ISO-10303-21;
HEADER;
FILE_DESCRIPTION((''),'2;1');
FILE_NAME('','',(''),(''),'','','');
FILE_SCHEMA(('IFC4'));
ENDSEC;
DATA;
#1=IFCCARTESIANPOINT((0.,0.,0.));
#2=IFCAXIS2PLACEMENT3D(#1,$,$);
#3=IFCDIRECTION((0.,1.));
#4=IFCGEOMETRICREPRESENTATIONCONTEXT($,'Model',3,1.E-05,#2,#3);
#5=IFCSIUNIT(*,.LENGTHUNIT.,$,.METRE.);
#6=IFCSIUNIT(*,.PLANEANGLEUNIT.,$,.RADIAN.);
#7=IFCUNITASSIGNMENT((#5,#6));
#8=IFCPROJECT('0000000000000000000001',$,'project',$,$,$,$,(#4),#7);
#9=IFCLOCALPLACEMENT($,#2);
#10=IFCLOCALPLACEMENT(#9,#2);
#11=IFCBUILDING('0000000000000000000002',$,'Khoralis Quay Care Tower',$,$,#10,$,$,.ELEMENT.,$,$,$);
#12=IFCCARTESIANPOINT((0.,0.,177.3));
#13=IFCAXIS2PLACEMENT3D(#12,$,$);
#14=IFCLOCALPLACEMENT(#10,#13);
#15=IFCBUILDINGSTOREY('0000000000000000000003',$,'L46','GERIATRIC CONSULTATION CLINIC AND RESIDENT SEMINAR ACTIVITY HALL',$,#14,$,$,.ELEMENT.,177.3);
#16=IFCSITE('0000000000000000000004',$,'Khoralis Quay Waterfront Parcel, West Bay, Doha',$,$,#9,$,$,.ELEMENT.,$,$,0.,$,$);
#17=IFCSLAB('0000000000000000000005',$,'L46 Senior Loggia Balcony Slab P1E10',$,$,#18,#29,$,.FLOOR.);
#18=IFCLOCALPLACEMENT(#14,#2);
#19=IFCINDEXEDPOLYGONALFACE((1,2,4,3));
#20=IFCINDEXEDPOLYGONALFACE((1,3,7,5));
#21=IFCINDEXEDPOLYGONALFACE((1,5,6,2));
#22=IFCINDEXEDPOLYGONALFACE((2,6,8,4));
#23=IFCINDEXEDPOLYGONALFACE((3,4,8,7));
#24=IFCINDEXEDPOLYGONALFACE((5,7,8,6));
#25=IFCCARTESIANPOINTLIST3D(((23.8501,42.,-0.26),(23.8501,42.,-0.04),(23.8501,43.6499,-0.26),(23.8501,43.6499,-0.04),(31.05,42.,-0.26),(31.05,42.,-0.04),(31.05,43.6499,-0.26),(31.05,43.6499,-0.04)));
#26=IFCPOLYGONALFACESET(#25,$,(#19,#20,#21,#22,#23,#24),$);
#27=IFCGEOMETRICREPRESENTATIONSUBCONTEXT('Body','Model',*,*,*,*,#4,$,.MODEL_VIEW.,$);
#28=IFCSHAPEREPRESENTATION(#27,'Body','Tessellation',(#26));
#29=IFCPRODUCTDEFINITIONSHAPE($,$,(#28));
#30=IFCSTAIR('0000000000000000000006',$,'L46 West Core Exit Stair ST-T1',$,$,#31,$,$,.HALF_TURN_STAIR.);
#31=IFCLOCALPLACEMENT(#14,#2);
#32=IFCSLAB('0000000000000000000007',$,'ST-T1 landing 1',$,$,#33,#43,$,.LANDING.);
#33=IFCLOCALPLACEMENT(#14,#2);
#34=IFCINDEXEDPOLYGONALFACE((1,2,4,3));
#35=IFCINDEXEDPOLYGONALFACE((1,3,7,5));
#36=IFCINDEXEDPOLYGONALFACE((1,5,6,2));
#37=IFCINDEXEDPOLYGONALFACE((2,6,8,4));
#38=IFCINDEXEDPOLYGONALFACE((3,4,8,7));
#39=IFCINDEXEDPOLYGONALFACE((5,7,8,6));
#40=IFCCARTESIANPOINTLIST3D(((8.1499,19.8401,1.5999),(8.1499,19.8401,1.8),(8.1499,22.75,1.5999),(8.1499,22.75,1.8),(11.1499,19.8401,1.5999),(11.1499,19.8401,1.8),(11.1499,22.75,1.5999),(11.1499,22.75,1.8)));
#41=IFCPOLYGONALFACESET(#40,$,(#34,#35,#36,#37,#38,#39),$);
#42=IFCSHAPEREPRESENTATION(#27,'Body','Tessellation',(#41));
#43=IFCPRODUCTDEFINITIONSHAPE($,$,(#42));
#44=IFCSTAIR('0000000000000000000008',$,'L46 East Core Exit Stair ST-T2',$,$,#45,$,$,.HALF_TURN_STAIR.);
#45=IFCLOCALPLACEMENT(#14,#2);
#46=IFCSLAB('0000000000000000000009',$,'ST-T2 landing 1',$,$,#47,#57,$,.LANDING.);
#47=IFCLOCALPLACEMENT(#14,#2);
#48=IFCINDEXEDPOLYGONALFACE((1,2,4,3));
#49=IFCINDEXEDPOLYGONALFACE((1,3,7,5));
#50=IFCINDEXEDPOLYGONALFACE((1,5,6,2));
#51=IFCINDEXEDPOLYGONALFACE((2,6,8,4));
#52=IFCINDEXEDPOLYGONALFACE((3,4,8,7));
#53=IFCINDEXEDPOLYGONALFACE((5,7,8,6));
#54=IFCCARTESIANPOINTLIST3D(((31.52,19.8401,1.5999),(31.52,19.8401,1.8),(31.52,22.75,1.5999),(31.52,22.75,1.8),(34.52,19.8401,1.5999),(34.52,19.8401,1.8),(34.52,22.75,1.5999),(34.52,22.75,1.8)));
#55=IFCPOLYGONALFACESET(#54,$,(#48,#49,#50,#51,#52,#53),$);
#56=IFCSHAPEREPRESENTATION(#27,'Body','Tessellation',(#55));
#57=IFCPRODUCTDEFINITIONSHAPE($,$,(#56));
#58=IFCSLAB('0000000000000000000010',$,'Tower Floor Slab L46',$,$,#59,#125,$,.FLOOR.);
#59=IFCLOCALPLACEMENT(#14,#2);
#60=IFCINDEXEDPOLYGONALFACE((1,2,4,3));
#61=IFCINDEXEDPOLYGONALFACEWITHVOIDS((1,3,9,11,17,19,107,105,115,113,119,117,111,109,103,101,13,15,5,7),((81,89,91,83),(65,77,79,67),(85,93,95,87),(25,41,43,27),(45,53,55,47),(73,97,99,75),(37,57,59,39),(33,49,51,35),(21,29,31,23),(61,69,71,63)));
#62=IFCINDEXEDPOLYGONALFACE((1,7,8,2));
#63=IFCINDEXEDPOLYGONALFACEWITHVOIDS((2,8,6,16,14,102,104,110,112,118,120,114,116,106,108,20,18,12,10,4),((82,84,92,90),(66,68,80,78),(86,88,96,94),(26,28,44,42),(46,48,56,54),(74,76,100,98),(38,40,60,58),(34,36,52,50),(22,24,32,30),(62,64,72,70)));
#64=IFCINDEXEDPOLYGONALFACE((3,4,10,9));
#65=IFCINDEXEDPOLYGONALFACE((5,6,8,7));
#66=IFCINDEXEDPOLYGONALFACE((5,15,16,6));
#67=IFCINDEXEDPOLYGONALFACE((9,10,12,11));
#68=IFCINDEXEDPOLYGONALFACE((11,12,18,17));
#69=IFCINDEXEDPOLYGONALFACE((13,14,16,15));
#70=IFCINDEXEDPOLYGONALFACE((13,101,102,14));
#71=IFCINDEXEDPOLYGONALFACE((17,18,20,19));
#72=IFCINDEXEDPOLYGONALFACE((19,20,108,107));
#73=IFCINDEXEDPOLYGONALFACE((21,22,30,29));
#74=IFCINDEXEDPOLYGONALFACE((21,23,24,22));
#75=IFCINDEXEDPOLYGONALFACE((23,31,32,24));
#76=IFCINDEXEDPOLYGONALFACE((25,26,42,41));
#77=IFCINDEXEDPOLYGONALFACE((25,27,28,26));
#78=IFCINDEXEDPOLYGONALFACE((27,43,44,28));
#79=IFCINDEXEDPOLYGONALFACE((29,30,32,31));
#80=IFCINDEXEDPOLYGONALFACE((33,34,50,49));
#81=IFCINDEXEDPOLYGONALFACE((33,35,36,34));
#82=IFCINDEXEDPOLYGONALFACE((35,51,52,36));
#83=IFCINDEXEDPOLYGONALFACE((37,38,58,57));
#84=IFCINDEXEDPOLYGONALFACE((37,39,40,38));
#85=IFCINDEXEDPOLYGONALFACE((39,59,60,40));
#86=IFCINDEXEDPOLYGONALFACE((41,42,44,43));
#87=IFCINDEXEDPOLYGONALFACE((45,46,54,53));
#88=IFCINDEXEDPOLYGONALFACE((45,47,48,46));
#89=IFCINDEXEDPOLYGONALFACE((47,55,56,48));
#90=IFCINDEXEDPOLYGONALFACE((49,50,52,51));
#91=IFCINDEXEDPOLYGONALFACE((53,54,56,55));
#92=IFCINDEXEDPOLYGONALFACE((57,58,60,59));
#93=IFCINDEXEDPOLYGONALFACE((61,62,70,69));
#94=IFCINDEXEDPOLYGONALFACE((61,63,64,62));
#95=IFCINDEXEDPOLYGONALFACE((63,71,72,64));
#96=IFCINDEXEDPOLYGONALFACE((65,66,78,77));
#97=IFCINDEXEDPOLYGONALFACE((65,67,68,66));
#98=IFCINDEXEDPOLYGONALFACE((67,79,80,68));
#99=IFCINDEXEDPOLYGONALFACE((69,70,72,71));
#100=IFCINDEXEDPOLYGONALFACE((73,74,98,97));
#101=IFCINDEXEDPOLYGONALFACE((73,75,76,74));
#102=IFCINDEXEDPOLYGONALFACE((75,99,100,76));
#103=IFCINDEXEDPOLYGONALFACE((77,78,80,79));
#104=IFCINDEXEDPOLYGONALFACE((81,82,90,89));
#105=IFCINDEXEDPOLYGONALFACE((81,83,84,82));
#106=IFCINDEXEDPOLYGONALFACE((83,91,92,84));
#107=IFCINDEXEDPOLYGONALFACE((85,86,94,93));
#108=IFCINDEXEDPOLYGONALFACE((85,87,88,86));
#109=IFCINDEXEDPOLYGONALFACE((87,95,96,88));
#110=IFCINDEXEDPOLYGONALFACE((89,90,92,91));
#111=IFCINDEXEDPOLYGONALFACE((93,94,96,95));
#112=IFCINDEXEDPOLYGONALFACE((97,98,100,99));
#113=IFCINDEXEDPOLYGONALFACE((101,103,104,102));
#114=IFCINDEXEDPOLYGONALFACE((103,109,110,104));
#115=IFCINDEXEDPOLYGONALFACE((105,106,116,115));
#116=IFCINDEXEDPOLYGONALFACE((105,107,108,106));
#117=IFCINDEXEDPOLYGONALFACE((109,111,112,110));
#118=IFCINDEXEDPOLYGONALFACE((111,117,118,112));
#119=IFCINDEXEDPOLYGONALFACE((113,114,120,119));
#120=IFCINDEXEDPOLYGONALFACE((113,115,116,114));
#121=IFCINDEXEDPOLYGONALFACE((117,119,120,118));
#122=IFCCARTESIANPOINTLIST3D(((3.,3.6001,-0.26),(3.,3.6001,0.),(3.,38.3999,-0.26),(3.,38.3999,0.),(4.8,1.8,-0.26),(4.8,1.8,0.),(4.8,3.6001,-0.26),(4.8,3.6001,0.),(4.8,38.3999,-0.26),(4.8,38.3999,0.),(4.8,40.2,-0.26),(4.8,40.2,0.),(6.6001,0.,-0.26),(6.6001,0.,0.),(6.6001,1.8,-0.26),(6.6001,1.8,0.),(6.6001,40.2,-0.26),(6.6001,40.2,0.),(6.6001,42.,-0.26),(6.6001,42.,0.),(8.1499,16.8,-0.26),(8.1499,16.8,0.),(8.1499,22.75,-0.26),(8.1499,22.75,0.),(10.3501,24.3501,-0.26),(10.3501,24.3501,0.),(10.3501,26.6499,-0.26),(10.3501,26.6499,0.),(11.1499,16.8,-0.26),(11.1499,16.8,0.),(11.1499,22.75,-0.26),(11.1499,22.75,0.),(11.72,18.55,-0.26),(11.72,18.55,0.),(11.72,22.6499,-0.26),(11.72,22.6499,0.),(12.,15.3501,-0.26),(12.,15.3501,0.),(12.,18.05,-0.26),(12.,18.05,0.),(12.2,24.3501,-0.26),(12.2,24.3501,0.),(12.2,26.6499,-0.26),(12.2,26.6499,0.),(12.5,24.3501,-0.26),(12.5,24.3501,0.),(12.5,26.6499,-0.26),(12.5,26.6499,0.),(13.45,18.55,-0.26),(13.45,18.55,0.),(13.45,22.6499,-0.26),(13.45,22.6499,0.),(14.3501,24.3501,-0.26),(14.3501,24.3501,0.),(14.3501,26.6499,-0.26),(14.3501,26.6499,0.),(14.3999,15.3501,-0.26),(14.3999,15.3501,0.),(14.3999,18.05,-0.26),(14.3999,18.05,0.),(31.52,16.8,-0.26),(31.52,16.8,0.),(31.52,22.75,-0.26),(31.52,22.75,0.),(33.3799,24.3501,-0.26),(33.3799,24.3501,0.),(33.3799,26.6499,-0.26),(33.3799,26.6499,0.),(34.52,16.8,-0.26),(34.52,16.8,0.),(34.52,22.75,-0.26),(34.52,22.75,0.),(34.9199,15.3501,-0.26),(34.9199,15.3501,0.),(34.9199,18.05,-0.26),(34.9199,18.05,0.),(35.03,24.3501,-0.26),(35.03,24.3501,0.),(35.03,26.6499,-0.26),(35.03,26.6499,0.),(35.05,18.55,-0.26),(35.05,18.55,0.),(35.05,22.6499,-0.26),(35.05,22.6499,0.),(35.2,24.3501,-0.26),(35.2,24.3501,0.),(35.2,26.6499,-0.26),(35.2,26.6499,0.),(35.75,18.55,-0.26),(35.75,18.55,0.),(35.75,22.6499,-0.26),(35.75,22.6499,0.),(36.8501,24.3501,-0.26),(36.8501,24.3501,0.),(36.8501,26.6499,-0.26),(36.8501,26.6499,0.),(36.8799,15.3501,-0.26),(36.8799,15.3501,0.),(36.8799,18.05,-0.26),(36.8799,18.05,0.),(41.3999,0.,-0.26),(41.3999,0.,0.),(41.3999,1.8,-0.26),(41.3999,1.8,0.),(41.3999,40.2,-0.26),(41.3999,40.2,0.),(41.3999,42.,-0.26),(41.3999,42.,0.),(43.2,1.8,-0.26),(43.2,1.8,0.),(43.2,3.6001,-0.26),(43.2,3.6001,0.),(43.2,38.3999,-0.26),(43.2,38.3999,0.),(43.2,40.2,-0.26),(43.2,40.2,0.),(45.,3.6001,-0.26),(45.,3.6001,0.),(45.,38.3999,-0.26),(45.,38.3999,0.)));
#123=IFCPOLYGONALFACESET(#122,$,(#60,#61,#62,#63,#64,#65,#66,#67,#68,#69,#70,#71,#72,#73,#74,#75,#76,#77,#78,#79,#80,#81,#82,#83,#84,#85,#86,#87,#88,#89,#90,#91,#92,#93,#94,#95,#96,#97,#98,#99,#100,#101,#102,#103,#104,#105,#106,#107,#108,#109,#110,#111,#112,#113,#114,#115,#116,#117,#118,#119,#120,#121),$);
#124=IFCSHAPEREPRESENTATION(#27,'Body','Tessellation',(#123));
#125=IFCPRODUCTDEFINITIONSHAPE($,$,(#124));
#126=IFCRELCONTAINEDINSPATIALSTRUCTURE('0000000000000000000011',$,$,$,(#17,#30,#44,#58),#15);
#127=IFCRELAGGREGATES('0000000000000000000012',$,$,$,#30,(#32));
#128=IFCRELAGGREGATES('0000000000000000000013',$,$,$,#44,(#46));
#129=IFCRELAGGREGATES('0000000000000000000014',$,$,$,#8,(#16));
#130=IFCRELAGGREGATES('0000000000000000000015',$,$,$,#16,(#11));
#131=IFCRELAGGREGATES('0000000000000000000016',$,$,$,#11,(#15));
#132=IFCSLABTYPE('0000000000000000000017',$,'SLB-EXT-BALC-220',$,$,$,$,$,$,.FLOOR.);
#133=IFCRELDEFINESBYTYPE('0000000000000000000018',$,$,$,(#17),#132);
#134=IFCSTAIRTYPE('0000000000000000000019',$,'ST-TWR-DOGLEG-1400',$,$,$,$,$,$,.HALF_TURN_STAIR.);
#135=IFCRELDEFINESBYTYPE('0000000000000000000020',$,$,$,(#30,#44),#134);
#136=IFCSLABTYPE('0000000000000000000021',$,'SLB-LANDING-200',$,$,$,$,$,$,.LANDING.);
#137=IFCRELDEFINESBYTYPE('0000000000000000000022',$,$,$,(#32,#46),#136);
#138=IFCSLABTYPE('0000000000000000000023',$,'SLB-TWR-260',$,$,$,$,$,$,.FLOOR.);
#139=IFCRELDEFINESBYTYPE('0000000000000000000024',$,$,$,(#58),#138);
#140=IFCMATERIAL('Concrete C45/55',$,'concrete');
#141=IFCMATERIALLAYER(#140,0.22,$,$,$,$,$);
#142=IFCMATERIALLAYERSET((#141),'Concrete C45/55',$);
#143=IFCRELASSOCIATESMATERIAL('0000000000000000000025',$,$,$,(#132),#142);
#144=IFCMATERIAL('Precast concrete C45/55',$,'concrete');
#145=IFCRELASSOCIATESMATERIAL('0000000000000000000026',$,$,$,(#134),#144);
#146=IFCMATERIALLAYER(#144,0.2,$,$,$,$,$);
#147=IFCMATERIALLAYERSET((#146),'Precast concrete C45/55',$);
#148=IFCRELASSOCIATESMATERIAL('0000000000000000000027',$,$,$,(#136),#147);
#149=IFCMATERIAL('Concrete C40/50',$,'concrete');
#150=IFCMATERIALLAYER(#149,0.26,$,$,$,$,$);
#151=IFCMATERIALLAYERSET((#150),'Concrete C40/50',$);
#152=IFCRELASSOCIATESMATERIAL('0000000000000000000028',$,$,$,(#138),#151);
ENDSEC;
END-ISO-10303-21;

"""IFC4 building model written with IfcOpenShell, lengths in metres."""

from ifc_helpers import new_model, si_unit, direction, frame, origin, place, context, subcontext, project, spatial, polyline, outline, extrude, material, layer, layer_set, type_object, element, aggregate, save


model = new_model("IFC4")

# Units and contexts
model_context = context("Model", 3, precision=1e-05, world=origin(), true_north=direction((0.0, 1.0)))
body_context = subcontext(model_context, "Body", "Model", "MODEL_VIEW")
ifc_project = project(units=[si_unit("LENGTHUNIT", "METRE"), si_unit("PLANEANGLEUNIT", "RADIAN")], contexts=[model_context])

# Site, building, storey
site_placement = place(None, origin())
site = spatial("IfcSite", under=ifc_project, at=site_placement, Name="Khoralis Quay Waterfront Parcel, West Bay, Doha", CompositionType="ELEMENT", RefElevation=0.0)
building_placement = place(site_placement, origin())
building = spatial("IfcBuilding", under=site, at=building_placement, Name="Khoralis Quay Care Tower", CompositionType="ELEMENT")
storey_placement = place(building_placement, frame((0.0, 0.0, 177.3)))
storey = spatial("IfcBuildingStorey", under=building, at=storey_placement, Name="L46", Description="GERIATRIC CONSULTATION CLINIC AND RESIDENT SEMINAR ACTIVITY HALL", CompositionType="ELEMENT", Elevation=177.3)

# Slab
ifc_material_1 = material(Name="Concrete C45/55", Category="concrete")
ifc_layer_1 = layer(ifc_material_1, 0.22)
ifc_layer_set_1 = layer_set([ifc_layer_1], Name="Concrete C45/55")
slab_type_1 = type_object("IfcSlabType", Name="SLB-EXT-BALC-220", PredefinedType="FLOOR", material=ifc_layer_set_1)
slab_1_placement = place(storey_placement, frame((0.0, 0.0, -0.26)))
element("IfcSlab", 1, at=slab_1_placement, inside=storey, type_object=slab_type_1, Name="L46 Senior Loggia Balcony Slab P1E10", PredefinedType="FLOOR", context=body_context, shape_type="SweptSolid", body=[
    extrude(outline(polyline([(23.8501, 42.0), (31.05, 42.0), (31.05, 43.6499), (23.8501, 43.6499), (23.8501, 42.0)])), origin(), (0.0, 0.0, 1.0), 0.22),
])

# Stairs, slabs
ifc_material_2 = material(Name="Precast concrete C45/55", Category="concrete")
stair_type = type_object("IfcStairType", Name="ST-TWR-DOGLEG-1400", PredefinedType="HALF_TURN_STAIR", material=ifc_material_2)
stair_1_placement = place(storey_placement, origin())
stair_1 = element("IfcStair", 2, at=stair_1_placement, inside=storey, type_object=stair_type, Name="L46 West Core Exit Stair ST-T1", PredefinedType="HALF_TURN_STAIR")
ifc_layer_2 = layer(ifc_material_2, 0.2)
ifc_layer_set_2 = layer_set([ifc_layer_2], Name="Precast concrete C45/55")
slab_type_2 = type_object("IfcSlabType", Name="SLB-LANDING-200", PredefinedType="LANDING", material=ifc_layer_set_2)
slab_2_placement = place(storey_placement, frame((0.0, 0.0, 1.5999)))
slab_2 = element("IfcSlab", 3, at=slab_2_placement, type_object=slab_type_2, Name="ST-T1 landing 1", PredefinedType="LANDING", context=body_context, shape_type="SweptSolid", body=[
    extrude(outline(polyline([(11.1499, 19.8401), (11.1499, 22.75), (8.1499, 22.75), (8.1499, 19.8401), (11.1499, 19.8401)])), origin(), (0.0, 0.0, 1.0), 0.2002),
])
aggregate(stair_1, [slab_2])
stair_2_placement = place(storey_placement, origin())
stair_2 = element("IfcStair", 4, at=stair_2_placement, inside=storey, type_object=stair_type, Name="L46 East Core Exit Stair ST-T2", PredefinedType="HALF_TURN_STAIR")
slab_3_placement = place(storey_placement, frame((0.0, 0.0, 1.5999)))
slab_3 = element("IfcSlab", 5, at=slab_3_placement, type_object=slab_type_2, Name="ST-T2 landing 1", PredefinedType="LANDING", context=body_context, shape_type="SweptSolid", body=[
    extrude(outline(polyline([(34.52, 19.8401), (34.52, 22.75), (31.52, 22.75), (31.52, 19.8401), (34.52, 19.8401)])), origin(), (0.0, 0.0, 1.0), 0.2002),
])
aggregate(stair_2, [slab_3])

# Slab
ifc_material_3 = material(Name="Concrete C40/50", Category="concrete")
ifc_layer_3 = layer(ifc_material_3, 0.26)
ifc_layer_set_3 = layer_set([ifc_layer_3], Name="Concrete C40/50")
slab_type_3 = type_object("IfcSlabType", Name="SLB-TWR-260", PredefinedType="FLOOR", material=ifc_layer_set_3)
slab_4_placement = place(storey_placement, frame((0.0, 0.0, -0.26)))
element("IfcSlab", 6, at=slab_4_placement, inside=storey, type_object=slab_type_3, Name="Tower Floor Slab L46", PredefinedType="FLOOR", context=body_context, shape_type="SweptSolid", body=[
    extrude(outline(polyline([(6.6001, 0.0), (41.3999, 0.0), (41.3999, 1.8), (43.2, 1.8), (43.2, 3.6001), (45.0, 3.6001), (45.0, 38.3999), (43.2, 38.3999), (43.2, 40.2), (41.3999, 40.2), (41.3999, 42.0), (6.6001, 42.0), (6.6001, 40.2), (4.8, 40.2), (4.8, 38.3999), (3.0, 38.3999), (3.0, 3.6001), (4.8, 3.6001), (4.8, 1.8), (6.6001, 1.8), (6.6001, 0.0)]), holes=[polyline([(11.1499, 16.8), (11.1499, 22.75), (8.1499, 22.75), (8.1499, 16.8), (11.1499, 16.8)]), polyline([(34.52, 16.8), (34.52, 22.75), (31.52, 22.75), (31.52, 16.8), (34.52, 16.8)]), polyline([(12.0, 15.3501), (14.3999, 15.3501), (14.3999, 18.05), (12.0, 18.05), (12.0, 15.3501)]), polyline([(34.9199, 15.3501), (36.8799, 15.3501), (36.8799, 18.05), (34.9199, 18.05), (34.9199, 15.3501)]), polyline([(10.3501, 24.3501), (12.2, 24.3501), (12.2, 26.6499), (10.3501, 26.6499), (10.3501, 24.3501)]), polyline([(33.3799, 24.3501), (35.03, 24.3501), (35.03, 26.6499), (33.3799, 26.6499), (33.3799, 24.3501)]), polyline([(12.5, 24.3501), (14.3501, 24.3501), (14.3501, 26.6499), (12.5, 26.6499), (12.5, 24.3501)]), polyline([(35.2, 24.3501), (36.8501, 24.3501), (36.8501, 26.6499), (35.2, 26.6499), (35.2, 24.3501)]), polyline([(11.72, 18.55), (13.45, 18.55), (13.45, 22.6499), (11.72, 22.6499), (11.72, 18.55)]), polyline([(35.05, 18.55), (35.75, 18.55), (35.75, 22.6499), (35.05, 22.6499), (35.05, 18.55)])]), origin(), (0.0, 0.0, 1.0), 0.26),
])

save(model, "model.ifc")
